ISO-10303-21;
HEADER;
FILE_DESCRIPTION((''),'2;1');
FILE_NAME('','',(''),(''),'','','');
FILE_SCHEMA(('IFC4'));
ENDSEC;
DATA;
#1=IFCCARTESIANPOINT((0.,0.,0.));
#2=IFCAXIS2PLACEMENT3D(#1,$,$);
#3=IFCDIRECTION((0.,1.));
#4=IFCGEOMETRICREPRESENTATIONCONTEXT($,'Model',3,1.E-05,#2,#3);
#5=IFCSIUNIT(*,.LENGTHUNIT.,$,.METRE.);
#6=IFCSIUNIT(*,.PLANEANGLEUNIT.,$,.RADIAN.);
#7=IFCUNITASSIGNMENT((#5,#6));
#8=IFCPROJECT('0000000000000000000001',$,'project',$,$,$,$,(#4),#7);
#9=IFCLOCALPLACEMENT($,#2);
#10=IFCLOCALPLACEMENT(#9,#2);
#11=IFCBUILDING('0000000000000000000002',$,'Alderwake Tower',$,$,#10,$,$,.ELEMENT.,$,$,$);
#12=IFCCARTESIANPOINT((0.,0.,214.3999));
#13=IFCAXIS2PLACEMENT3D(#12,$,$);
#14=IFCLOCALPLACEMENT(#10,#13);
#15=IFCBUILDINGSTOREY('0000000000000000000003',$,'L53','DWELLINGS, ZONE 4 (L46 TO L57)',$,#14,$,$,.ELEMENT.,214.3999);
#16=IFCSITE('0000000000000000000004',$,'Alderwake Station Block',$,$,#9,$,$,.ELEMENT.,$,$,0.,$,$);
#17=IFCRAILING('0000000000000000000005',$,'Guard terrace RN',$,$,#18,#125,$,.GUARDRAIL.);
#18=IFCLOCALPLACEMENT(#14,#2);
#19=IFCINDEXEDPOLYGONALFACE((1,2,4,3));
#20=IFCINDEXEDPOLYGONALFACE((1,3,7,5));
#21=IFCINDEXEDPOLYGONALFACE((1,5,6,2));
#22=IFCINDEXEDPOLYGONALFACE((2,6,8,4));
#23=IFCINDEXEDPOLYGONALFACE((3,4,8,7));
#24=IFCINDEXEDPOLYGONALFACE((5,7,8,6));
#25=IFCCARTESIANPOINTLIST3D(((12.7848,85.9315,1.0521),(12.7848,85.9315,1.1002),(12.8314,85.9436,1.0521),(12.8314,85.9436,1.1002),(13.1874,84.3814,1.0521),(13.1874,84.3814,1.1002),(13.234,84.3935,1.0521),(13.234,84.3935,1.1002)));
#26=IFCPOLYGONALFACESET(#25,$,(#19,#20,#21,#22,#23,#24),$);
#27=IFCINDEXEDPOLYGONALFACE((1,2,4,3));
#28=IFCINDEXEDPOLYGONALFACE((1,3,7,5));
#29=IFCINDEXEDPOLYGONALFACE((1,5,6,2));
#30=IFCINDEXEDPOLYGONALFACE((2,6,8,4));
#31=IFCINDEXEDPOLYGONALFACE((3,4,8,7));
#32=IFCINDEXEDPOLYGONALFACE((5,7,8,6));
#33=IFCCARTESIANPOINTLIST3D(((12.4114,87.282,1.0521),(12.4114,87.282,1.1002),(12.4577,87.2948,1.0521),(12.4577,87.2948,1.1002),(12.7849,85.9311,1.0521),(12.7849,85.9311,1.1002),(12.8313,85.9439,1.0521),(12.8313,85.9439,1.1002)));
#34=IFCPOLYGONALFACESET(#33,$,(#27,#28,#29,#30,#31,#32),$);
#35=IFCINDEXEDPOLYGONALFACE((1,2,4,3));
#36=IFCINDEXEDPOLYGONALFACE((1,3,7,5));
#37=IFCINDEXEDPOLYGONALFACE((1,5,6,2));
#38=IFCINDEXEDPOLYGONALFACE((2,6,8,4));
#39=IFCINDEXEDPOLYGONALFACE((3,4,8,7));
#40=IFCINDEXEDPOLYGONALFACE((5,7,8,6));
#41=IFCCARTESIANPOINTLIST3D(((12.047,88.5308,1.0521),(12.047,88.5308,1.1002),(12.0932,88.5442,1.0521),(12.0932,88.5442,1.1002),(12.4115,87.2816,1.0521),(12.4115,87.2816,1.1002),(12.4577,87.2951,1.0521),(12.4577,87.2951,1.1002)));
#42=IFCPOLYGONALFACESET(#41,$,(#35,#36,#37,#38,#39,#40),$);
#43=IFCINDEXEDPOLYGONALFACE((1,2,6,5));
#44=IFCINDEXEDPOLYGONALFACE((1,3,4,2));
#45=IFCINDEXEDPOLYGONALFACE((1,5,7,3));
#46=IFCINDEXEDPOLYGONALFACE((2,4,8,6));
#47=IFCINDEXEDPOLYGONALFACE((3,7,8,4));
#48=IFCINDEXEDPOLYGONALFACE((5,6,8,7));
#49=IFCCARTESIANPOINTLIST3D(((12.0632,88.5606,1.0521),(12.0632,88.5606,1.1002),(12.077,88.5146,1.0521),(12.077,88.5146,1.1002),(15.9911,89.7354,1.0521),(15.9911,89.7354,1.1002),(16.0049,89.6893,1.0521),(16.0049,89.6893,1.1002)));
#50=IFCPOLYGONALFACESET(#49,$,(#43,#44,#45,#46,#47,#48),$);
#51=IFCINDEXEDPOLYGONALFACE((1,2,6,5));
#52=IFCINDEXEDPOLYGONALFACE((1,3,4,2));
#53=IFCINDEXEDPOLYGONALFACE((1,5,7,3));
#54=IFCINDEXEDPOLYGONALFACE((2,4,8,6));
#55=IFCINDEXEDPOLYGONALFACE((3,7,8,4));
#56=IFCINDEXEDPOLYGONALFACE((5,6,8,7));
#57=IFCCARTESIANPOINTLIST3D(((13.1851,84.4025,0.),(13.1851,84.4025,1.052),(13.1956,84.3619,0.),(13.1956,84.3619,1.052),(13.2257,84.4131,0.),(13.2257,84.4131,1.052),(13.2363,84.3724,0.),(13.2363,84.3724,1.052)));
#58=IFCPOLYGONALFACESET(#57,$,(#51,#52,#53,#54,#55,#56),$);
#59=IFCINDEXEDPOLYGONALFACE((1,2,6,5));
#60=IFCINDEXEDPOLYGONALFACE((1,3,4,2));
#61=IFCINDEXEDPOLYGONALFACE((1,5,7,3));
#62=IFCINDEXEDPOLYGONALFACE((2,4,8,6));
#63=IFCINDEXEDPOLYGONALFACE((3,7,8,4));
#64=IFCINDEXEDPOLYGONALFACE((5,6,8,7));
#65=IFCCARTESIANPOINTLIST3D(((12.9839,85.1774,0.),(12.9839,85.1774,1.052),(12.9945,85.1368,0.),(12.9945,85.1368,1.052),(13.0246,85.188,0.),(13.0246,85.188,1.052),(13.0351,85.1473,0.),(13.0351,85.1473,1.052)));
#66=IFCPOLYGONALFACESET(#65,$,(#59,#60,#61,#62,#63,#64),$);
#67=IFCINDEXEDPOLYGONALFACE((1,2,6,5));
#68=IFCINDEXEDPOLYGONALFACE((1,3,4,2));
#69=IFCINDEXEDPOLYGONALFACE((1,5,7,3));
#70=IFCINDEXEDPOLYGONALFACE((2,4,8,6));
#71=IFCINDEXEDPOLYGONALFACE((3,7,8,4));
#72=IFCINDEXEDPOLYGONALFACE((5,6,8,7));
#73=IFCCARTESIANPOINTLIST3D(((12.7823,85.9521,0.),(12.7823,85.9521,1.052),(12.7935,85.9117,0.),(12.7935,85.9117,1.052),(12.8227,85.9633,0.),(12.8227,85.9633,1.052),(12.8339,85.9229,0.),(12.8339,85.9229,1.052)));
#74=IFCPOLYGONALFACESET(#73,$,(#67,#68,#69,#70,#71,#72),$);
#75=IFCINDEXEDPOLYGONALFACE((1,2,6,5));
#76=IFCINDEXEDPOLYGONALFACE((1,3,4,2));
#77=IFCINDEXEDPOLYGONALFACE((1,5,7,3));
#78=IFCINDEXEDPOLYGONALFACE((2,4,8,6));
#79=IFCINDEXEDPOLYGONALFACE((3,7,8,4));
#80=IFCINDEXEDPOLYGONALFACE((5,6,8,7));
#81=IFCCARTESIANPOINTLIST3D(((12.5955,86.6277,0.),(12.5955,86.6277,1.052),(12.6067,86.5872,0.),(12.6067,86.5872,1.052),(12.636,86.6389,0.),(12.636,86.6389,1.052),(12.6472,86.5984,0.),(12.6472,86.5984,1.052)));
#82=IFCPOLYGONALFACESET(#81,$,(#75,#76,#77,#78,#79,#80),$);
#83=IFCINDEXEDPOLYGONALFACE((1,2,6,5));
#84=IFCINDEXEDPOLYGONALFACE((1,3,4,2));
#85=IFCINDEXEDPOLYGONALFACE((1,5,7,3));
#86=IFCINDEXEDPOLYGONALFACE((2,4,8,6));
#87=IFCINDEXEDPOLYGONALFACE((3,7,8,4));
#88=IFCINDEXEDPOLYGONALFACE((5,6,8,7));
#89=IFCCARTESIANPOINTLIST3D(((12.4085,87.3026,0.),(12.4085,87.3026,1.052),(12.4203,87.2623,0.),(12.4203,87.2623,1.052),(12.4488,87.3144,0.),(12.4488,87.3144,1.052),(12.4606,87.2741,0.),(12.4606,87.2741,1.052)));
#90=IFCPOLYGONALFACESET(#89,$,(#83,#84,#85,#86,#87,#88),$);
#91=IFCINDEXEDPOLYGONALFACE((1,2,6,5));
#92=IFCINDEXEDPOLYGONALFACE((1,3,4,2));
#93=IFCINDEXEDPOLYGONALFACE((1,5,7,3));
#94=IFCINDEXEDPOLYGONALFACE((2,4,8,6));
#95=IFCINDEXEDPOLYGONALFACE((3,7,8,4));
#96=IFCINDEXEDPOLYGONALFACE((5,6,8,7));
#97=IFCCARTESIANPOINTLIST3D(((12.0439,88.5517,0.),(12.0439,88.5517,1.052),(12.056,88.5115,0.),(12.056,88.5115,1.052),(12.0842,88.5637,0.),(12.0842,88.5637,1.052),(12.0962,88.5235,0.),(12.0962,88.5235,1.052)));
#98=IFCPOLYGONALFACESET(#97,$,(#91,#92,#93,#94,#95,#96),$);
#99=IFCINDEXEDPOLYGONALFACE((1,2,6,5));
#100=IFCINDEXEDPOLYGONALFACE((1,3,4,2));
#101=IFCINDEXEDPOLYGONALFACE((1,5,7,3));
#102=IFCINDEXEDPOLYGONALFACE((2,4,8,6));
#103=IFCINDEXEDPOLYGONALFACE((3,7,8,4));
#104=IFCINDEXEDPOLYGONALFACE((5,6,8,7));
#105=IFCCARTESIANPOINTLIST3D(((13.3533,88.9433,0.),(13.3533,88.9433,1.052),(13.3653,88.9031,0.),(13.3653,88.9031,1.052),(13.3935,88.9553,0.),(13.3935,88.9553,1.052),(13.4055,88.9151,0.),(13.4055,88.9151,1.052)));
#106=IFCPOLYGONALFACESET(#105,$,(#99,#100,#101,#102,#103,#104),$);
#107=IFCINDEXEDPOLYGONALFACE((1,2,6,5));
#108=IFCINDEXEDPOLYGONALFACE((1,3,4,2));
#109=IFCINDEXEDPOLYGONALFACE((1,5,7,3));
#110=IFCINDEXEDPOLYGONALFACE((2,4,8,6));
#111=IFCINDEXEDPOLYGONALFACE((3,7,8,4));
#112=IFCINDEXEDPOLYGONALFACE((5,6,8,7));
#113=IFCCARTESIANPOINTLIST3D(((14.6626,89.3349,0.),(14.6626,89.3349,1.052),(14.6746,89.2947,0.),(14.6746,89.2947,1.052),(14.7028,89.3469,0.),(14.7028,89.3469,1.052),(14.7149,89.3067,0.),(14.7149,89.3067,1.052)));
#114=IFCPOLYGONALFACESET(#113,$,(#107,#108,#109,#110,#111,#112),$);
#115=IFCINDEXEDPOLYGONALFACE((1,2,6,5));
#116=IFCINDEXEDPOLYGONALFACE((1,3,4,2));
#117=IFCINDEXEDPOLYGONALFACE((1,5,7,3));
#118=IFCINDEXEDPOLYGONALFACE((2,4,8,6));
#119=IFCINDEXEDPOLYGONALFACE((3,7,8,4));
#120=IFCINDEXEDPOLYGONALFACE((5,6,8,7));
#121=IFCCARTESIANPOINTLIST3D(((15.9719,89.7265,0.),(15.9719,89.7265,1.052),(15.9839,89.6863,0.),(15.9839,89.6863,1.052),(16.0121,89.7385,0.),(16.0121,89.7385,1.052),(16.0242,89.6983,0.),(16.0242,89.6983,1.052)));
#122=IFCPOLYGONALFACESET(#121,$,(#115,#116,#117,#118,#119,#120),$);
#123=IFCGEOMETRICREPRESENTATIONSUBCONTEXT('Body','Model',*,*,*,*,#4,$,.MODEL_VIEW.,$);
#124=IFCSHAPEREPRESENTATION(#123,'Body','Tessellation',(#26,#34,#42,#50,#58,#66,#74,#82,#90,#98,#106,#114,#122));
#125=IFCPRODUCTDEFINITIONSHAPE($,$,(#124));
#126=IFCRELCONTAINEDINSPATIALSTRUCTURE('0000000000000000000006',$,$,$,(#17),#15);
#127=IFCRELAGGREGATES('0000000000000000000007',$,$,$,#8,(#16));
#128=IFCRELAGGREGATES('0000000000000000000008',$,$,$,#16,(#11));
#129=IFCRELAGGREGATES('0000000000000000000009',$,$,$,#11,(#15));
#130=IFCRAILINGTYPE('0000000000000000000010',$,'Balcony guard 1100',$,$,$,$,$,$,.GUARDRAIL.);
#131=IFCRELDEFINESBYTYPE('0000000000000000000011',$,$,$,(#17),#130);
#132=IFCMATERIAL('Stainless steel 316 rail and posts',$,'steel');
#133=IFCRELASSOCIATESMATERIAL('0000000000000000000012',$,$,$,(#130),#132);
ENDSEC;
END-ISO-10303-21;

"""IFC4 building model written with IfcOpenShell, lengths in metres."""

from ifc_helpers import new_model, si_unit, direction, frame, origin, origin_2d, place, context, subcontext, project, spatial, rectangle, extrude, material, type_object, element, save


model = new_model("IFC4")

# Units and contexts
model_context = context("Model", 3, precision=1e-05, world=origin(), true_north=direction((0.0, 1.0)))
body_context = subcontext(model_context, "Body", "Model", "MODEL_VIEW")
ifc_project = project(units=[si_unit("LENGTHUNIT", "METRE"), si_unit("PLANEANGLEUNIT", "RADIAN")], contexts=[model_context])

# Site, building, storey
site_placement = place(None, origin())
site = spatial("IfcSite", under=ifc_project, at=site_placement, Name="Alderwake Station Block", CompositionType="ELEMENT", RefElevation=0.0)
building_placement = place(site_placement, origin())
building = spatial("IfcBuilding", under=site, at=building_placement, Name="Alderwake Tower", CompositionType="ELEMENT")
storey_placement = place(building_placement, frame((0.0, 0.0, 214.3999)))
storey = spatial("IfcBuildingStorey", under=building, at=storey_placement, Name="L53", Description="DWELLINGS, ZONE 4 (L46 TO L57)", CompositionType="ELEMENT", Elevation=214.3999)

# Railing
ifc_material_1 = material(Name="Stainless steel 316 rail and posts", Category="steel")
railing_type = type_object("IfcRailingType", Name="Balcony guard 1100", PredefinedType="GUARDRAIL", material=ifc_material_1)
railing_placement = place(storey_placement, frame((13.2107, 84.3875, 0.0)))
element("IfcRailing", 1, at=railing_placement, inside=storey, type_object=railing_type, Name="Guard terrace RN", PredefinedType="GUARDRAIL", context=body_context, shape_type="SweptSolid", body=[
    extrude(rectangle(XDim=0.0481, YDim=0.0481, at=origin_2d()), frame((0.0, 0.0, 1.0762), z_axis=(-0.251385, 0.967887, 0.0), x_axis=(-0.967887, -0.251385, 0.0)), (0.0, 0.0, 1.0), 1.6016),
    extrude(rectangle(XDim=0.0481, YDim=0.0481, at=origin_2d()), frame((-0.4026, 1.55, 1.0762), z_axis=(-0.266521, 0.963829, 0.0), x_axis=(-0.963829, -0.266521, 0.0)), (0.0, 0.0, 1.0), 1.4016),
    extrude(rectangle(XDim=0.0481, YDim=0.0481, at=origin_2d()), frame((-0.7761, 2.9009, 1.0762), z_axis=(-0.280094, 0.959973, 0.0), x_axis=(-0.959973, -0.280094, 0.0)), (0.0, 0.0, 1.0), 1.3013),
    extrude(rectangle(XDim=0.0481, YDim=0.0481, at=origin_2d()), frame((-1.1406, 4.1501, 1.0762), z_axis=(0.958067, 0.286545, 0.0), x_axis=(-0.286545, 0.958067, 0.0)), (0.0, 0.0, 1.0), 4.0999),
    extrude(rectangle(XDim=0.042, YDim=0.042, at=origin_2d()), frame((0.0, 0.0, 0.0), z_axis=(0.0, 0.0, 1.0), x_axis=(-0.251385, 0.967887, 0.0)), (0.0, 0.0, 1.0), 1.052),
    extrude(rectangle(XDim=0.042, YDim=0.042, at=origin_2d()), frame((-0.2012, 0.7749, 0.0), z_axis=(0.0, 0.0, 1.0), x_axis=(-0.251385, 0.967887, 0.0)), (0.0, 0.0, 1.0), 1.052),
    extrude(rectangle(XDim=0.042, YDim=0.042, at=origin_2d()), frame((-0.4026, 1.55, 0.0), z_axis=(0.0, 0.0, 1.0), x_axis=(-0.266521, 0.963829, 0.0)), (0.0, 0.0, 1.0), 1.052),
    extrude(rectangle(XDim=0.042, YDim=0.042, at=origin_2d()), frame((-0.5894, 2.2256, 0.0), z_axis=(0.0, 0.0, 1.0), x_axis=(-0.266521, 0.963829, 0.0)), (0.0, 0.0, 1.0), 1.052),
    extrude(rectangle(XDim=0.042, YDim=0.042, at=origin_2d()), frame((-0.7761, 2.9009, 0.0), z_axis=(0.0, 0.0, 1.0), x_axis=(-0.280094, 0.959973, 0.0)), (0.0, 0.0, 1.0), 1.052),
    extrude(rectangle(XDim=0.042, YDim=0.042, at=origin_2d()), frame((-1.1406, 4.1501, 0.0), z_axis=(0.0, 0.0, 1.0), x_axis=(0.958067, 0.286545, 0.0)), (0.0, 0.0, 1.0), 1.052),
    extrude(rectangle(XDim=0.042, YDim=0.042, at=origin_2d()), frame((0.1687, 4.5417, 0.0), z_axis=(0.0, 0.0, 1.0), x_axis=(0.958067, 0.286545, 0.0)), (0.0, 0.0, 1.0), 1.052),
    extrude(rectangle(XDim=0.042, YDim=0.042, at=origin_2d()), frame((1.478, 4.9333, 0.0), z_axis=(0.0, 0.0, 1.0), x_axis=(0.958067, 0.286545, 0.0)), (0.0, 0.0, 1.0), 1.052),
    extrude(rectangle(XDim=0.042, YDim=0.042, at=origin_2d()), frame((2.7874, 5.325, 0.0), z_axis=(0.0, 0.0, 1.0), x_axis=(0.958067, 0.286545, 0.0)), (0.0, 0.0, 1.0), 1.052),
])

save(model, "model.ifc")
